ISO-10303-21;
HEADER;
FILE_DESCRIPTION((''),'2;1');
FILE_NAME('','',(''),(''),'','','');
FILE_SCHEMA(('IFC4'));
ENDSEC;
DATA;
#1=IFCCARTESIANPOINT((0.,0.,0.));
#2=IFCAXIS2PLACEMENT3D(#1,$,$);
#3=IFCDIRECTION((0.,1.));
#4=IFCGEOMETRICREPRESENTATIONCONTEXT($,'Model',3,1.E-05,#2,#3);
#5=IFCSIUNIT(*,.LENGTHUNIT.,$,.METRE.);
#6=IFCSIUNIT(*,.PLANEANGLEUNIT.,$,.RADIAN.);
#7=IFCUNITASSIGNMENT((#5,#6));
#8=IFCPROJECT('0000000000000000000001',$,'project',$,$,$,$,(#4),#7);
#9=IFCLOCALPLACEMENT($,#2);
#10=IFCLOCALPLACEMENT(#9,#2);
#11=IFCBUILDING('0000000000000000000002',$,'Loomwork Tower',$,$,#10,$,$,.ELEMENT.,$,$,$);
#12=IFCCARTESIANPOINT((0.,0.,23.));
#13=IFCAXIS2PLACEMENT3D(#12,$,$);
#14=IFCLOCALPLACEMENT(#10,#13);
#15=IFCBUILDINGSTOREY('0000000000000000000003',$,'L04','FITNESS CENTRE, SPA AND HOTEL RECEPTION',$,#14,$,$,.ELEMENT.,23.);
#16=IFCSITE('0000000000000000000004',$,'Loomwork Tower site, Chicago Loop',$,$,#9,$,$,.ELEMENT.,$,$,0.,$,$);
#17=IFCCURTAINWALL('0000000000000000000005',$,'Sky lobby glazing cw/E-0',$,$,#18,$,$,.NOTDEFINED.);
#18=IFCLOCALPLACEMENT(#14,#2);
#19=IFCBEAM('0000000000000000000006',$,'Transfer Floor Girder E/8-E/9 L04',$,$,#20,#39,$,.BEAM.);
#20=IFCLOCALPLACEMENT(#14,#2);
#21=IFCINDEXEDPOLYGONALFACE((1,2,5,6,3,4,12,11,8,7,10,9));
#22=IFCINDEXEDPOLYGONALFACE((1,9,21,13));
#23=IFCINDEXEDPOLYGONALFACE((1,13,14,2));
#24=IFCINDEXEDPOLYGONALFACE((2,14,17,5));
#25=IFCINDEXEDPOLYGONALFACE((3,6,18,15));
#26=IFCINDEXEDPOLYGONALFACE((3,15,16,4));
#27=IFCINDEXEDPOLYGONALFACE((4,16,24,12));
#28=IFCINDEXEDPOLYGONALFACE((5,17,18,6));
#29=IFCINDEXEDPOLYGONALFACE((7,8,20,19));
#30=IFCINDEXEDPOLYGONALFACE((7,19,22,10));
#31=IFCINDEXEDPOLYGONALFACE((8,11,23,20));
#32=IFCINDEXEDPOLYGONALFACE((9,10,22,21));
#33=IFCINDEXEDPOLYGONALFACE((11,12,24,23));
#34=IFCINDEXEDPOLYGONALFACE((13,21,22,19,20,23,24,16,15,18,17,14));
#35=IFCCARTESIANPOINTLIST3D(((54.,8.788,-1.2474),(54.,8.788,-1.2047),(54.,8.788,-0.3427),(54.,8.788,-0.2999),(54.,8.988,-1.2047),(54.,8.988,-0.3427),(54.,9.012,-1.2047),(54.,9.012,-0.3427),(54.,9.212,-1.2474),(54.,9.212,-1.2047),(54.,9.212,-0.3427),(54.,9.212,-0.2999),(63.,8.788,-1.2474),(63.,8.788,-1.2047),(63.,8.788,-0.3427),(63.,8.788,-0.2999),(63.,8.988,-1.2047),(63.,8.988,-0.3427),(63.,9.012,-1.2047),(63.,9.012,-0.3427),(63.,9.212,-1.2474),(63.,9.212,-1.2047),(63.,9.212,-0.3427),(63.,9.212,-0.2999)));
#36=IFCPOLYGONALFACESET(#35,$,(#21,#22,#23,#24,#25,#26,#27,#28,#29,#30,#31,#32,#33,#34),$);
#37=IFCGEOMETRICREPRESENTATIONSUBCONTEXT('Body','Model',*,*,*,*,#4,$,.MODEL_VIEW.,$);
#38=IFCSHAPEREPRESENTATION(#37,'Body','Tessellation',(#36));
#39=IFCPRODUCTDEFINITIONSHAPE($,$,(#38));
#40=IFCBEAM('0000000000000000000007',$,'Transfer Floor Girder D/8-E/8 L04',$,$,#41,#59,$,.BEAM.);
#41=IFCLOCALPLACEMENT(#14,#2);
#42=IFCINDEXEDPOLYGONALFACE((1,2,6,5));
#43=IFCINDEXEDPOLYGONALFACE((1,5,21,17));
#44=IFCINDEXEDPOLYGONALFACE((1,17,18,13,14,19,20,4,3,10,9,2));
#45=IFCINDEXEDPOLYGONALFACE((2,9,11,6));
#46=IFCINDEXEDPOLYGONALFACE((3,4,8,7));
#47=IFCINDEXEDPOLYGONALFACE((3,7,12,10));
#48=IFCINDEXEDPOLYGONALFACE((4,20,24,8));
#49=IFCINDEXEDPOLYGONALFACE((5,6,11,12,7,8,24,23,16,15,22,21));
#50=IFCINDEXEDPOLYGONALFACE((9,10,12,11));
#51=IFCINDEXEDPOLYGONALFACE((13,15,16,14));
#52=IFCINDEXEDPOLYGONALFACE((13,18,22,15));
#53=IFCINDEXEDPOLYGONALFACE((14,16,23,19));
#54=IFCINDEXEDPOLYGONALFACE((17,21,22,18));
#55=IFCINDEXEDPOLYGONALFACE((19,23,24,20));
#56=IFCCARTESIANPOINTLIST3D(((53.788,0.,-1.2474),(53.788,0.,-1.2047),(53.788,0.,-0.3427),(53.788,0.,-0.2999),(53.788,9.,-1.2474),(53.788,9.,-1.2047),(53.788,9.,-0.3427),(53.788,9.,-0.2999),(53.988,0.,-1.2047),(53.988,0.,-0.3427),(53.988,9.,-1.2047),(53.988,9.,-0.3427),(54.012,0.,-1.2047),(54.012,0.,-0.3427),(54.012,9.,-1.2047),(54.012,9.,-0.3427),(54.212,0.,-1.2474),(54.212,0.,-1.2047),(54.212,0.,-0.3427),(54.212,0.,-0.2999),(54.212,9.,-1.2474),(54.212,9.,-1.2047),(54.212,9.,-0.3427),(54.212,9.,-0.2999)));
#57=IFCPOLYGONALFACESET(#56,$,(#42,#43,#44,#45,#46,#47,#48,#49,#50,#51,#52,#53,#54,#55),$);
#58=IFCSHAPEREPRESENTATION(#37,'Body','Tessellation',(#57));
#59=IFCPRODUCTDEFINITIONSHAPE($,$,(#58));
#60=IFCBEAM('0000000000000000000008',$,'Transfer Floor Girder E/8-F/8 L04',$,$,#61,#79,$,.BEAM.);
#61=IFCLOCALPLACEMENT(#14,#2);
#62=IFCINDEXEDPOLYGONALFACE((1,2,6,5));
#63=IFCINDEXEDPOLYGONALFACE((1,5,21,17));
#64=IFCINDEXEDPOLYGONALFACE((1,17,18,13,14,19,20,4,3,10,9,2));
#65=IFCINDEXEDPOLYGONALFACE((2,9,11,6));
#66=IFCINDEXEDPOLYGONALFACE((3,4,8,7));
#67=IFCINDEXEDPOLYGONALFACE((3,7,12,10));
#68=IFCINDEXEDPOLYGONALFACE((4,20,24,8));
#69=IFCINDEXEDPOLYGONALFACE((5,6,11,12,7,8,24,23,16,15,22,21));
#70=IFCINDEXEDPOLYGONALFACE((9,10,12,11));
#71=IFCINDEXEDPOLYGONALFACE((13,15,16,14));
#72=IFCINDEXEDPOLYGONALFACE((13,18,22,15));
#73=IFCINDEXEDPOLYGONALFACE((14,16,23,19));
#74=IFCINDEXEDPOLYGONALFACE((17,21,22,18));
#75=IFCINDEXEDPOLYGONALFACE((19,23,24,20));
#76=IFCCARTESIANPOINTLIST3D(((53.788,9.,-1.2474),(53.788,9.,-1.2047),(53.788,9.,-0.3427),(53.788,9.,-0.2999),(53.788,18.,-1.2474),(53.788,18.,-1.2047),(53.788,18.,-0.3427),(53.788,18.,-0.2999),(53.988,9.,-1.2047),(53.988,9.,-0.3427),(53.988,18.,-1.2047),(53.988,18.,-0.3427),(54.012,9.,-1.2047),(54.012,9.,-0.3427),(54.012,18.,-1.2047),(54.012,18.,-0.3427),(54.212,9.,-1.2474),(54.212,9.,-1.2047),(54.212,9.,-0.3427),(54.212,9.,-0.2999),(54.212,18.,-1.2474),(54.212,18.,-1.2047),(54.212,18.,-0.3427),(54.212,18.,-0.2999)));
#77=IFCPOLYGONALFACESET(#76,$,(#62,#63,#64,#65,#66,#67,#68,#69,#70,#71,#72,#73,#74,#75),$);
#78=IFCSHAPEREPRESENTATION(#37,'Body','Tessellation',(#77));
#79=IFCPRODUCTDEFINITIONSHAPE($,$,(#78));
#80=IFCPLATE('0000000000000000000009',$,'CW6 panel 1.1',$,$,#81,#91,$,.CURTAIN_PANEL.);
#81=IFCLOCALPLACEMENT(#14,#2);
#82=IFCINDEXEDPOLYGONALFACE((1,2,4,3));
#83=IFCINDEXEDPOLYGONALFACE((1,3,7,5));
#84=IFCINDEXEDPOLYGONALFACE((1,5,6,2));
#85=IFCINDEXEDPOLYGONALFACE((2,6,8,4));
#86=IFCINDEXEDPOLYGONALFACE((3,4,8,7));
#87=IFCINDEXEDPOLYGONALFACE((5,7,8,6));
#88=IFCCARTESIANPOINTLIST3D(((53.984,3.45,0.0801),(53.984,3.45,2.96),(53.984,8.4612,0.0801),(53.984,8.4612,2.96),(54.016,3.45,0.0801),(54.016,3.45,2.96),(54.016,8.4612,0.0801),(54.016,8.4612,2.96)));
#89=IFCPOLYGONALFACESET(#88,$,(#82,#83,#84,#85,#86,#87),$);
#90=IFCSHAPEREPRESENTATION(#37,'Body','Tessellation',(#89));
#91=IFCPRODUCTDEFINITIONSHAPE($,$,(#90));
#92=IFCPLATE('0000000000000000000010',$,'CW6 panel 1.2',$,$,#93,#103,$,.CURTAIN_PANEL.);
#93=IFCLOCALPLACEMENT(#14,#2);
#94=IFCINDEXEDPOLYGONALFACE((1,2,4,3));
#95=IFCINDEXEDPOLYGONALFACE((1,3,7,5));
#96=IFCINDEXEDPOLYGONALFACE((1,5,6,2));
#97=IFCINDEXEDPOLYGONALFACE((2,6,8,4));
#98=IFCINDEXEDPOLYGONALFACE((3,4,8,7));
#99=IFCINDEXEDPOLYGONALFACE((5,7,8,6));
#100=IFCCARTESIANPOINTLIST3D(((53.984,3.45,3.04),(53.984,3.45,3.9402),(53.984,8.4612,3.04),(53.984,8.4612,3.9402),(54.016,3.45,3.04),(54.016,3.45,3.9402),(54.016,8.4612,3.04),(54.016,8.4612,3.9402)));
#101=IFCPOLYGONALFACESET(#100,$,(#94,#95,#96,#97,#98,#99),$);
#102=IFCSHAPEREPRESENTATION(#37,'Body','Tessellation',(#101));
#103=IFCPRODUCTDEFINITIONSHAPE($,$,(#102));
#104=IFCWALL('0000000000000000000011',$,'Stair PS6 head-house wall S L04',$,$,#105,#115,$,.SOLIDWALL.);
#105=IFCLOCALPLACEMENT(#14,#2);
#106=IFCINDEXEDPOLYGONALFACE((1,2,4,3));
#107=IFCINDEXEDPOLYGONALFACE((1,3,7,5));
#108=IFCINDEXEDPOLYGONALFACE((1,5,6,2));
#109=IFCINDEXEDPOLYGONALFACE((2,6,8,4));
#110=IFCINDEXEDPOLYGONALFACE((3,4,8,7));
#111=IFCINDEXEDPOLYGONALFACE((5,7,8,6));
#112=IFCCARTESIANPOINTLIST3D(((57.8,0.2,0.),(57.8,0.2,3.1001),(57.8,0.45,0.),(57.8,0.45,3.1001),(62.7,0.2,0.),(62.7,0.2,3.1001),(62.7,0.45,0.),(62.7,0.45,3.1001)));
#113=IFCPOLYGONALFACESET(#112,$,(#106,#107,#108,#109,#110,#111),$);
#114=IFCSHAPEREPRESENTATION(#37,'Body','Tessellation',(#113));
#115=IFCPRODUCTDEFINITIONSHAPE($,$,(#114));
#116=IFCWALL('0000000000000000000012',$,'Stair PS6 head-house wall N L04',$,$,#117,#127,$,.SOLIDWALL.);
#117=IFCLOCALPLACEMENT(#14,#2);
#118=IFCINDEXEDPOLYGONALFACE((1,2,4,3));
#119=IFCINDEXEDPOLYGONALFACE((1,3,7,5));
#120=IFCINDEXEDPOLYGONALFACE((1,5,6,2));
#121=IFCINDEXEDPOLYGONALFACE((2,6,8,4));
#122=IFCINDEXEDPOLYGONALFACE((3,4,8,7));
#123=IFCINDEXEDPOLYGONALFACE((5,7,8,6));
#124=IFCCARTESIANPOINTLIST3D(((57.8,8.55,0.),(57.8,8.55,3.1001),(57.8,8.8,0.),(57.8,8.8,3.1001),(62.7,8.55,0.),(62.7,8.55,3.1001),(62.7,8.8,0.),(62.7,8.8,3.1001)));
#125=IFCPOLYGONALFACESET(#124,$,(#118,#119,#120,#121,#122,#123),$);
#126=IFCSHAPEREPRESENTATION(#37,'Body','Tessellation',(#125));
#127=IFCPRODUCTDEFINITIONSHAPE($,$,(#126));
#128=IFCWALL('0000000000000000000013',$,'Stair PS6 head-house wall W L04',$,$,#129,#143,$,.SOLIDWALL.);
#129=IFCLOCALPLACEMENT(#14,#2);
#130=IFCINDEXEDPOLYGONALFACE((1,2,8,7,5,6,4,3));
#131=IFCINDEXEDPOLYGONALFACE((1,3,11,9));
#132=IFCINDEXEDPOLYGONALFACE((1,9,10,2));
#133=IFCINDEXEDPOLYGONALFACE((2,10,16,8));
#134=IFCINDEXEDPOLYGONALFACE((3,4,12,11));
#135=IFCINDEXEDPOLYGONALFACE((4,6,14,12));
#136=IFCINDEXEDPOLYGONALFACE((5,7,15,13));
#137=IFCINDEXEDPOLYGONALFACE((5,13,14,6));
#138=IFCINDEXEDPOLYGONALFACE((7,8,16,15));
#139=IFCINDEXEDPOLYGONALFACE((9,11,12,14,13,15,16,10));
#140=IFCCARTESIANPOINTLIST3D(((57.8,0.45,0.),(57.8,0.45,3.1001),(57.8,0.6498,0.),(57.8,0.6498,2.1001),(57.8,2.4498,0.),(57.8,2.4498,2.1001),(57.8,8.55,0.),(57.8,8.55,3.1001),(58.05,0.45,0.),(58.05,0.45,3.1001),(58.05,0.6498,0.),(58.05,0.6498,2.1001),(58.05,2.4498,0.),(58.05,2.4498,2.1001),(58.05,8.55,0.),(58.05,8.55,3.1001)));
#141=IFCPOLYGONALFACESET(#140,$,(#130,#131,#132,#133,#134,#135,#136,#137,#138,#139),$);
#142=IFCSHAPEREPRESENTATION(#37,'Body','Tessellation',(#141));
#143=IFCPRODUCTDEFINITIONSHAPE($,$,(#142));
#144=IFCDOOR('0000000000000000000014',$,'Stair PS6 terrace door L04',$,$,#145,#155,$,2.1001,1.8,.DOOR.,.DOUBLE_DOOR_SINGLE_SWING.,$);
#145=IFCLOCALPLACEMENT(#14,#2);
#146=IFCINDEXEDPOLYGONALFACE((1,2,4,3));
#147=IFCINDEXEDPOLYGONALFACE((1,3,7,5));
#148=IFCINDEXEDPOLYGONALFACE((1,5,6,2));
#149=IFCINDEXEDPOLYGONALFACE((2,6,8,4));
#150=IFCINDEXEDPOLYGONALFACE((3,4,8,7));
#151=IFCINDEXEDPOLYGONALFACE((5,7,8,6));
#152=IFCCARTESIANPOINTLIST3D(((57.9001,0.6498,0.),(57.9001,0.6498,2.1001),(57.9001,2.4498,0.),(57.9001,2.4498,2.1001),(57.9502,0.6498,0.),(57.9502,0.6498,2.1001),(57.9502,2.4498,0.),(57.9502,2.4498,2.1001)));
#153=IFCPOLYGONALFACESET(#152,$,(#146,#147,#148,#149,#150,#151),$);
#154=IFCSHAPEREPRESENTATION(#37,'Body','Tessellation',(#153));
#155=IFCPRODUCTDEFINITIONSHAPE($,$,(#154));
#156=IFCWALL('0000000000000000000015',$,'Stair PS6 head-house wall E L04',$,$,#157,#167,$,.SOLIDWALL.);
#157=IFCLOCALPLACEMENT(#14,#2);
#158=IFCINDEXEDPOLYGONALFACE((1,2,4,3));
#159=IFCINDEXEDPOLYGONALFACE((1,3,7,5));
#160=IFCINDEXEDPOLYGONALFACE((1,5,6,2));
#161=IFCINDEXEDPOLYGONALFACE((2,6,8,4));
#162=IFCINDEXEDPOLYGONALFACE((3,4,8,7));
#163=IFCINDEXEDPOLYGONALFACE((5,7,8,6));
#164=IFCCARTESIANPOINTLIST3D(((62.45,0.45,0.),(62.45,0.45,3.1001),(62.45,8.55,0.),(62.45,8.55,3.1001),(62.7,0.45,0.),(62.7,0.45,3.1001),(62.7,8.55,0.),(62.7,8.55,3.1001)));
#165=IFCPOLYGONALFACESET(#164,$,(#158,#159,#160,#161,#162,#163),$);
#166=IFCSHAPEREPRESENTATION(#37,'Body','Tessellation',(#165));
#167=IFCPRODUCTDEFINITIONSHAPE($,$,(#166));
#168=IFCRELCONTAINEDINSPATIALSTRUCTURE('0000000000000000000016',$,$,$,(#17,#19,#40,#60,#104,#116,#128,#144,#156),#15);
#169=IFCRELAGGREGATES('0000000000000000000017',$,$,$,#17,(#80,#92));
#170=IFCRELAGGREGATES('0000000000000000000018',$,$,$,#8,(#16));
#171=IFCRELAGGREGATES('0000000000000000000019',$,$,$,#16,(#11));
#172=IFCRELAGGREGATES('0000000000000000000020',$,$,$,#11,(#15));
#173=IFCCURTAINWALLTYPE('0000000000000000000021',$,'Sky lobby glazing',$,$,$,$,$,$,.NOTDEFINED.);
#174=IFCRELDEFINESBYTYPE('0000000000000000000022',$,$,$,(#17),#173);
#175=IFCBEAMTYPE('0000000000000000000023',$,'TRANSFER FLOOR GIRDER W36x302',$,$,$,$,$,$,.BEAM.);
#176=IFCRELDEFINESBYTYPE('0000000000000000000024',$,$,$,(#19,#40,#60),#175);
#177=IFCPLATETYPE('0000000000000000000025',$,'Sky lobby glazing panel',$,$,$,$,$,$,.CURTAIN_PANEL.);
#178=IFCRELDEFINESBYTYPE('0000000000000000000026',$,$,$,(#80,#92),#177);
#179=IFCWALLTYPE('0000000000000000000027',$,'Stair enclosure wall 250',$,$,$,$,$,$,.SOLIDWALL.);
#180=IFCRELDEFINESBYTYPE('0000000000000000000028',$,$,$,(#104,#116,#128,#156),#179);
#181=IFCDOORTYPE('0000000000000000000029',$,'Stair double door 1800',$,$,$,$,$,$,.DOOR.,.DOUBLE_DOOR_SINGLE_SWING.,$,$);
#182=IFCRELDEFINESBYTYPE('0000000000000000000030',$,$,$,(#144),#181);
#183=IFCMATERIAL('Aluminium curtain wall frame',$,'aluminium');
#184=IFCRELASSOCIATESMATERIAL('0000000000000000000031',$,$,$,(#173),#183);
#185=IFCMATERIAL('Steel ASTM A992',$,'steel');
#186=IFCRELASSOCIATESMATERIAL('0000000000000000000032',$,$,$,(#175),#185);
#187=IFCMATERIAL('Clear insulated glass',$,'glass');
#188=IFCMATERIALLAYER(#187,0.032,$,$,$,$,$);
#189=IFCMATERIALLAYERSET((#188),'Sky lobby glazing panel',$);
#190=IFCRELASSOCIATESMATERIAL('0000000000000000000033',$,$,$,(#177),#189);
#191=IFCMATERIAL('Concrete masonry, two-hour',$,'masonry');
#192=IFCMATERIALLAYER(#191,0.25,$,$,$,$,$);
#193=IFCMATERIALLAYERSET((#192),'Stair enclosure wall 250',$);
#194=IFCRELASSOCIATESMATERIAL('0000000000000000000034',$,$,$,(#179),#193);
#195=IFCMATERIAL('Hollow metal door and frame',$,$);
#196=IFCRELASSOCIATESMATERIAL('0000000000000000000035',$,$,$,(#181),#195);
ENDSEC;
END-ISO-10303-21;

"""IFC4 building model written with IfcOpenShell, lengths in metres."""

from ifc_helpers import new_model, si_unit, direction, frame, frame_2d, origin, origin_2d, place, context, subcontext, project, spatial, rectangle, i_section, extrude, material, layer, layer_set, material_profile, profile_set, type_object, element, fill, aggregate, save


model = new_model("IFC4")

# Units and contexts
model_context = context("Model", 3, precision=1e-05, world=origin(), true_north=direction((0.0, 1.0)))
body_context = subcontext(model_context, "Body", "Model", "MODEL_VIEW")
ifc_project = project(units=[si_unit("LENGTHUNIT", "METRE"), si_unit("PLANEANGLEUNIT", "RADIAN")], contexts=[model_context])

# Site, building, storey
site_placement = place(None, origin())
site = spatial("IfcSite", under=ifc_project, at=site_placement, Name="Loomwork Tower site, Chicago Loop", CompositionType="ELEMENT", RefElevation=0.0)
building_placement = place(site_placement, origin())
building = spatial("IfcBuilding", under=site, at=building_placement, Name="Loomwork Tower", CompositionType="ELEMENT")
storey_placement = place(building_placement, frame((0.0, 0.0, 23.0)))
storey = spatial("IfcBuildingStorey", under=building, at=storey_placement, Name="L04", Description="FITNESS CENTRE, SPA AND HOTEL RECEPTION", CompositionType="ELEMENT", Elevation=23.0)

# Curtain wall
ifc_material_1 = material(Name="Aluminium curtain wall frame", Category="aluminium")
curtain_wall_type = type_object("IfcCurtainWallType", Name="Sky lobby glazing", PredefinedType="NOTDEFINED", material=ifc_material_1)
curtain_wall_1_placement = place(storey_placement, origin())
curtain_wall_1 = element("IfcCurtainWall", 1, at=curtain_wall_1_placement, inside=storey, type_object=curtain_wall_type, Name="Sky lobby glazing cw/E-0", PredefinedType="NOTDEFINED")

# Beams
ifc_material_2 = material(Name="Steel ASTM A992", Category="steel")
ifc_material_profile_1 = material_profile(ifc_material_2, i_section(OverallWidth=0.4241, OverallDepth=0.9475, WebThickness=0.0239, FlangeThickness=0.0427, at=origin_2d()), Name="W36x302")
ifc_profile_set_1 = profile_set([ifc_material_profile_1], Name="Steel ASTM A992")
beam_type_1 = type_object("IfcBeamType", Name="TRANSFER FLOOR GIRDER W36x302", PredefinedType="BEAM", material=ifc_profile_set_1)
for number, where, z_axis, x_axis, name in (
    (2, (54.0, 9.0, -0.7737), (1.0, 0.0, 0.0), (0.0, 1.0, 0.0), "Transfer Floor Girder E/8-E/9 L04"),
    (3, (54.0, 0.0, -0.7737), (0.0, 1.0, 0.0), (-1.0, 0.0, 0.0), "Transfer Floor Girder D/8-E/8 L04"),
    (4, (54.0, 9.0, -0.7737), (0.0, 1.0, 0.0), (-1.0, 0.0, 0.0), "Transfer Floor Girder E/8-F/8 L04"),
):
    element("IfcBeam", number, at=place(storey_placement, frame(where, z_axis=z_axis, x_axis=x_axis)), inside=storey, type_object=beam_type_1, Name=name, PredefinedType="BEAM", context=body_context, shape_type="SweptSolid", body=[
        extrude(i_section(OverallWidth=0.4241, OverallDepth=0.9475, WebThickness=0.0239, FlangeThickness=0.0427, at=origin_2d()), origin(), (0.0, 0.0, 1.0), 9.0),
    ])

# Plates
ifc_material_3 = material(Name="Clear insulated glass", Category="glass")
ifc_layer_1 = layer(ifc_material_3, 0.032)
ifc_layer_set_1 = layer_set([ifc_layer_1], Name="Sky lobby glazing panel")
plate_type = type_object("IfcPlateType", Name="Sky lobby glazing panel", PredefinedType="CURTAIN_PANEL", material=ifc_layer_set_1)
plate_1_placement = place(storey_placement, frame((54.0, 5.9556, 0.0801), z_axis=(0.0, 0.0, 1.0), x_axis=(0.0, 1.0, 0.0)))
plate_1 = element("IfcPlate", 5, at=plate_1_placement, type_object=plate_type, Name="CW6 panel 1.1", PredefinedType="CURTAIN_PANEL", context=body_context, shape_type="SweptSolid", body=[
    extrude(rectangle(XDim=5.0112, YDim=0.032, at=origin_2d()), origin(), (0.0, 0.0, 1.0), 2.8799),
])
plate_2_placement = place(storey_placement, frame((54.0, 5.9556, 3.04), z_axis=(0.0, 0.0, 1.0), x_axis=(0.0, 1.0, 0.0)))
plate_2 = element("IfcPlate", 6, at=plate_2_placement, type_object=plate_type, Name="CW6 panel 1.2", PredefinedType="CURTAIN_PANEL", context=body_context, shape_type="SweptSolid", body=[
    extrude(rectangle(XDim=5.0112, YDim=0.032, at=origin_2d()), origin(), (0.0, 0.0, 1.0), 0.9001),
])
aggregate(curtain_wall_1, [plate_1, plate_2])

# Walls
ifc_material_4 = material(Name="Concrete masonry, two-hour", Category="masonry")
ifc_layer_2 = layer(ifc_material_4, 0.25)
ifc_layer_set_2 = layer_set([ifc_layer_2], Name="Stair enclosure wall 250")
wall_type = type_object("IfcWallType", Name="Stair enclosure wall 250", PredefinedType="SOLIDWALL", material=ifc_layer_set_2)
for number, where, z_axis, x_axis, name in (
    (7, (57.8, 0.325, 0.0), (0.0, 0.0, 1.0), (1.0, 0.0, 0.0), "Stair PS6 head-house wall S L04"),
    (8, (57.8, 8.675, 0.0), (0.0, 0.0, 1.0), (1.0, 0.0, 0.0), "Stair PS6 head-house wall N L04"),
):
    element("IfcWall", number, at=place(storey_placement, frame(where, z_axis=z_axis, x_axis=x_axis)), inside=storey, type_object=wall_type, Name=name, PredefinedType="SOLIDWALL", context=body_context, shape_type="SweptSolid", body=[
        extrude(rectangle(XDim=4.8999, YDim=0.25, at=frame_2d((2.45, 0.0))), origin(), (0.0, 0.0, 1.0), 3.1001),
    ])

# Wall, opening, door
wall_1_placement = place(storey_placement, frame((57.925, 0.45, 0.0), z_axis=(0.0, 0.0, 1.0), x_axis=(0.0, 1.0, 0.0)))
wall_1 = element("IfcWall", 9, at=wall_1_placement, inside=storey, type_object=wall_type, Name="Stair PS6 head-house wall W L04", PredefinedType="SOLIDWALL", context=body_context, shape_type="SweptSolid", body=[
    extrude(rectangle(XDim=8.1001, YDim=0.25, at=frame_2d((4.05, 0.0))), origin(), (0.0, 0.0, 1.0), 3.1001),
])
opening_placement = place(wall_1_placement, frame((0.2, 0.0, 0.0)))
opening = element("IfcOpeningElement", 10, at=opening_placement, cuts=wall_1, PredefinedType="OPENING", context=body_context, shape_type="SweptSolid", body=[
    extrude(rectangle(XDim=1.8, YDim=2.1001, at=frame_2d((0.8999, 1.05))), frame((0.0, 0.135, 0.0), z_axis=(0.0, -1.0, 0.0), x_axis=(1.0, 0.0, 0.0)), (0.0, 0.0, 1.0), 0.27),
])
ifc_material_5 = material(Name="Hollow metal door and frame")
door_type = type_object("IfcDoorType", Name="Stair double door 1800", OperationType="DOUBLE_DOOR_SINGLE_SWING", PredefinedType="DOOR", material=ifc_material_5)
door_placement = place(opening_placement, origin())
door = element("IfcDoor", 11, at=door_placement, inside=storey, type_object=door_type, Name="Stair PS6 terrace door L04", OperationType="DOUBLE_DOOR_SINGLE_SWING", OverallHeight=2.1001, OverallWidth=1.8, PredefinedType="DOOR", context=body_context, shape_type="SweptSolid", body=[
    extrude(rectangle(XDim=1.8, YDim=2.1001, at=frame_2d((0.8999, 1.05))), frame((0.0, 0.0249, 0.0), z_axis=(0.0, -1.0, 0.0), x_axis=(1.0, 0.0, 0.0)), (0.0, 0.0, 1.0), 0.05),
])
fill(opening, door)

# Wall
wall_2_placement = place(storey_placement, frame((62.575, 0.45, 0.0), z_axis=(0.0, 0.0, 1.0), x_axis=(0.0, 1.0, 0.0)))
element("IfcWall", 12, at=wall_2_placement, inside=storey, type_object=wall_type, Name="Stair PS6 head-house wall E L04", PredefinedType="SOLIDWALL", context=body_context, shape_type="SweptSolid", body=[
    extrude(rectangle(XDim=8.1001, YDim=0.25, at=frame_2d((4.05, 0.0))), origin(), (0.0, 0.0, 1.0), 3.1001),
])

save(model, "model.ifc")
